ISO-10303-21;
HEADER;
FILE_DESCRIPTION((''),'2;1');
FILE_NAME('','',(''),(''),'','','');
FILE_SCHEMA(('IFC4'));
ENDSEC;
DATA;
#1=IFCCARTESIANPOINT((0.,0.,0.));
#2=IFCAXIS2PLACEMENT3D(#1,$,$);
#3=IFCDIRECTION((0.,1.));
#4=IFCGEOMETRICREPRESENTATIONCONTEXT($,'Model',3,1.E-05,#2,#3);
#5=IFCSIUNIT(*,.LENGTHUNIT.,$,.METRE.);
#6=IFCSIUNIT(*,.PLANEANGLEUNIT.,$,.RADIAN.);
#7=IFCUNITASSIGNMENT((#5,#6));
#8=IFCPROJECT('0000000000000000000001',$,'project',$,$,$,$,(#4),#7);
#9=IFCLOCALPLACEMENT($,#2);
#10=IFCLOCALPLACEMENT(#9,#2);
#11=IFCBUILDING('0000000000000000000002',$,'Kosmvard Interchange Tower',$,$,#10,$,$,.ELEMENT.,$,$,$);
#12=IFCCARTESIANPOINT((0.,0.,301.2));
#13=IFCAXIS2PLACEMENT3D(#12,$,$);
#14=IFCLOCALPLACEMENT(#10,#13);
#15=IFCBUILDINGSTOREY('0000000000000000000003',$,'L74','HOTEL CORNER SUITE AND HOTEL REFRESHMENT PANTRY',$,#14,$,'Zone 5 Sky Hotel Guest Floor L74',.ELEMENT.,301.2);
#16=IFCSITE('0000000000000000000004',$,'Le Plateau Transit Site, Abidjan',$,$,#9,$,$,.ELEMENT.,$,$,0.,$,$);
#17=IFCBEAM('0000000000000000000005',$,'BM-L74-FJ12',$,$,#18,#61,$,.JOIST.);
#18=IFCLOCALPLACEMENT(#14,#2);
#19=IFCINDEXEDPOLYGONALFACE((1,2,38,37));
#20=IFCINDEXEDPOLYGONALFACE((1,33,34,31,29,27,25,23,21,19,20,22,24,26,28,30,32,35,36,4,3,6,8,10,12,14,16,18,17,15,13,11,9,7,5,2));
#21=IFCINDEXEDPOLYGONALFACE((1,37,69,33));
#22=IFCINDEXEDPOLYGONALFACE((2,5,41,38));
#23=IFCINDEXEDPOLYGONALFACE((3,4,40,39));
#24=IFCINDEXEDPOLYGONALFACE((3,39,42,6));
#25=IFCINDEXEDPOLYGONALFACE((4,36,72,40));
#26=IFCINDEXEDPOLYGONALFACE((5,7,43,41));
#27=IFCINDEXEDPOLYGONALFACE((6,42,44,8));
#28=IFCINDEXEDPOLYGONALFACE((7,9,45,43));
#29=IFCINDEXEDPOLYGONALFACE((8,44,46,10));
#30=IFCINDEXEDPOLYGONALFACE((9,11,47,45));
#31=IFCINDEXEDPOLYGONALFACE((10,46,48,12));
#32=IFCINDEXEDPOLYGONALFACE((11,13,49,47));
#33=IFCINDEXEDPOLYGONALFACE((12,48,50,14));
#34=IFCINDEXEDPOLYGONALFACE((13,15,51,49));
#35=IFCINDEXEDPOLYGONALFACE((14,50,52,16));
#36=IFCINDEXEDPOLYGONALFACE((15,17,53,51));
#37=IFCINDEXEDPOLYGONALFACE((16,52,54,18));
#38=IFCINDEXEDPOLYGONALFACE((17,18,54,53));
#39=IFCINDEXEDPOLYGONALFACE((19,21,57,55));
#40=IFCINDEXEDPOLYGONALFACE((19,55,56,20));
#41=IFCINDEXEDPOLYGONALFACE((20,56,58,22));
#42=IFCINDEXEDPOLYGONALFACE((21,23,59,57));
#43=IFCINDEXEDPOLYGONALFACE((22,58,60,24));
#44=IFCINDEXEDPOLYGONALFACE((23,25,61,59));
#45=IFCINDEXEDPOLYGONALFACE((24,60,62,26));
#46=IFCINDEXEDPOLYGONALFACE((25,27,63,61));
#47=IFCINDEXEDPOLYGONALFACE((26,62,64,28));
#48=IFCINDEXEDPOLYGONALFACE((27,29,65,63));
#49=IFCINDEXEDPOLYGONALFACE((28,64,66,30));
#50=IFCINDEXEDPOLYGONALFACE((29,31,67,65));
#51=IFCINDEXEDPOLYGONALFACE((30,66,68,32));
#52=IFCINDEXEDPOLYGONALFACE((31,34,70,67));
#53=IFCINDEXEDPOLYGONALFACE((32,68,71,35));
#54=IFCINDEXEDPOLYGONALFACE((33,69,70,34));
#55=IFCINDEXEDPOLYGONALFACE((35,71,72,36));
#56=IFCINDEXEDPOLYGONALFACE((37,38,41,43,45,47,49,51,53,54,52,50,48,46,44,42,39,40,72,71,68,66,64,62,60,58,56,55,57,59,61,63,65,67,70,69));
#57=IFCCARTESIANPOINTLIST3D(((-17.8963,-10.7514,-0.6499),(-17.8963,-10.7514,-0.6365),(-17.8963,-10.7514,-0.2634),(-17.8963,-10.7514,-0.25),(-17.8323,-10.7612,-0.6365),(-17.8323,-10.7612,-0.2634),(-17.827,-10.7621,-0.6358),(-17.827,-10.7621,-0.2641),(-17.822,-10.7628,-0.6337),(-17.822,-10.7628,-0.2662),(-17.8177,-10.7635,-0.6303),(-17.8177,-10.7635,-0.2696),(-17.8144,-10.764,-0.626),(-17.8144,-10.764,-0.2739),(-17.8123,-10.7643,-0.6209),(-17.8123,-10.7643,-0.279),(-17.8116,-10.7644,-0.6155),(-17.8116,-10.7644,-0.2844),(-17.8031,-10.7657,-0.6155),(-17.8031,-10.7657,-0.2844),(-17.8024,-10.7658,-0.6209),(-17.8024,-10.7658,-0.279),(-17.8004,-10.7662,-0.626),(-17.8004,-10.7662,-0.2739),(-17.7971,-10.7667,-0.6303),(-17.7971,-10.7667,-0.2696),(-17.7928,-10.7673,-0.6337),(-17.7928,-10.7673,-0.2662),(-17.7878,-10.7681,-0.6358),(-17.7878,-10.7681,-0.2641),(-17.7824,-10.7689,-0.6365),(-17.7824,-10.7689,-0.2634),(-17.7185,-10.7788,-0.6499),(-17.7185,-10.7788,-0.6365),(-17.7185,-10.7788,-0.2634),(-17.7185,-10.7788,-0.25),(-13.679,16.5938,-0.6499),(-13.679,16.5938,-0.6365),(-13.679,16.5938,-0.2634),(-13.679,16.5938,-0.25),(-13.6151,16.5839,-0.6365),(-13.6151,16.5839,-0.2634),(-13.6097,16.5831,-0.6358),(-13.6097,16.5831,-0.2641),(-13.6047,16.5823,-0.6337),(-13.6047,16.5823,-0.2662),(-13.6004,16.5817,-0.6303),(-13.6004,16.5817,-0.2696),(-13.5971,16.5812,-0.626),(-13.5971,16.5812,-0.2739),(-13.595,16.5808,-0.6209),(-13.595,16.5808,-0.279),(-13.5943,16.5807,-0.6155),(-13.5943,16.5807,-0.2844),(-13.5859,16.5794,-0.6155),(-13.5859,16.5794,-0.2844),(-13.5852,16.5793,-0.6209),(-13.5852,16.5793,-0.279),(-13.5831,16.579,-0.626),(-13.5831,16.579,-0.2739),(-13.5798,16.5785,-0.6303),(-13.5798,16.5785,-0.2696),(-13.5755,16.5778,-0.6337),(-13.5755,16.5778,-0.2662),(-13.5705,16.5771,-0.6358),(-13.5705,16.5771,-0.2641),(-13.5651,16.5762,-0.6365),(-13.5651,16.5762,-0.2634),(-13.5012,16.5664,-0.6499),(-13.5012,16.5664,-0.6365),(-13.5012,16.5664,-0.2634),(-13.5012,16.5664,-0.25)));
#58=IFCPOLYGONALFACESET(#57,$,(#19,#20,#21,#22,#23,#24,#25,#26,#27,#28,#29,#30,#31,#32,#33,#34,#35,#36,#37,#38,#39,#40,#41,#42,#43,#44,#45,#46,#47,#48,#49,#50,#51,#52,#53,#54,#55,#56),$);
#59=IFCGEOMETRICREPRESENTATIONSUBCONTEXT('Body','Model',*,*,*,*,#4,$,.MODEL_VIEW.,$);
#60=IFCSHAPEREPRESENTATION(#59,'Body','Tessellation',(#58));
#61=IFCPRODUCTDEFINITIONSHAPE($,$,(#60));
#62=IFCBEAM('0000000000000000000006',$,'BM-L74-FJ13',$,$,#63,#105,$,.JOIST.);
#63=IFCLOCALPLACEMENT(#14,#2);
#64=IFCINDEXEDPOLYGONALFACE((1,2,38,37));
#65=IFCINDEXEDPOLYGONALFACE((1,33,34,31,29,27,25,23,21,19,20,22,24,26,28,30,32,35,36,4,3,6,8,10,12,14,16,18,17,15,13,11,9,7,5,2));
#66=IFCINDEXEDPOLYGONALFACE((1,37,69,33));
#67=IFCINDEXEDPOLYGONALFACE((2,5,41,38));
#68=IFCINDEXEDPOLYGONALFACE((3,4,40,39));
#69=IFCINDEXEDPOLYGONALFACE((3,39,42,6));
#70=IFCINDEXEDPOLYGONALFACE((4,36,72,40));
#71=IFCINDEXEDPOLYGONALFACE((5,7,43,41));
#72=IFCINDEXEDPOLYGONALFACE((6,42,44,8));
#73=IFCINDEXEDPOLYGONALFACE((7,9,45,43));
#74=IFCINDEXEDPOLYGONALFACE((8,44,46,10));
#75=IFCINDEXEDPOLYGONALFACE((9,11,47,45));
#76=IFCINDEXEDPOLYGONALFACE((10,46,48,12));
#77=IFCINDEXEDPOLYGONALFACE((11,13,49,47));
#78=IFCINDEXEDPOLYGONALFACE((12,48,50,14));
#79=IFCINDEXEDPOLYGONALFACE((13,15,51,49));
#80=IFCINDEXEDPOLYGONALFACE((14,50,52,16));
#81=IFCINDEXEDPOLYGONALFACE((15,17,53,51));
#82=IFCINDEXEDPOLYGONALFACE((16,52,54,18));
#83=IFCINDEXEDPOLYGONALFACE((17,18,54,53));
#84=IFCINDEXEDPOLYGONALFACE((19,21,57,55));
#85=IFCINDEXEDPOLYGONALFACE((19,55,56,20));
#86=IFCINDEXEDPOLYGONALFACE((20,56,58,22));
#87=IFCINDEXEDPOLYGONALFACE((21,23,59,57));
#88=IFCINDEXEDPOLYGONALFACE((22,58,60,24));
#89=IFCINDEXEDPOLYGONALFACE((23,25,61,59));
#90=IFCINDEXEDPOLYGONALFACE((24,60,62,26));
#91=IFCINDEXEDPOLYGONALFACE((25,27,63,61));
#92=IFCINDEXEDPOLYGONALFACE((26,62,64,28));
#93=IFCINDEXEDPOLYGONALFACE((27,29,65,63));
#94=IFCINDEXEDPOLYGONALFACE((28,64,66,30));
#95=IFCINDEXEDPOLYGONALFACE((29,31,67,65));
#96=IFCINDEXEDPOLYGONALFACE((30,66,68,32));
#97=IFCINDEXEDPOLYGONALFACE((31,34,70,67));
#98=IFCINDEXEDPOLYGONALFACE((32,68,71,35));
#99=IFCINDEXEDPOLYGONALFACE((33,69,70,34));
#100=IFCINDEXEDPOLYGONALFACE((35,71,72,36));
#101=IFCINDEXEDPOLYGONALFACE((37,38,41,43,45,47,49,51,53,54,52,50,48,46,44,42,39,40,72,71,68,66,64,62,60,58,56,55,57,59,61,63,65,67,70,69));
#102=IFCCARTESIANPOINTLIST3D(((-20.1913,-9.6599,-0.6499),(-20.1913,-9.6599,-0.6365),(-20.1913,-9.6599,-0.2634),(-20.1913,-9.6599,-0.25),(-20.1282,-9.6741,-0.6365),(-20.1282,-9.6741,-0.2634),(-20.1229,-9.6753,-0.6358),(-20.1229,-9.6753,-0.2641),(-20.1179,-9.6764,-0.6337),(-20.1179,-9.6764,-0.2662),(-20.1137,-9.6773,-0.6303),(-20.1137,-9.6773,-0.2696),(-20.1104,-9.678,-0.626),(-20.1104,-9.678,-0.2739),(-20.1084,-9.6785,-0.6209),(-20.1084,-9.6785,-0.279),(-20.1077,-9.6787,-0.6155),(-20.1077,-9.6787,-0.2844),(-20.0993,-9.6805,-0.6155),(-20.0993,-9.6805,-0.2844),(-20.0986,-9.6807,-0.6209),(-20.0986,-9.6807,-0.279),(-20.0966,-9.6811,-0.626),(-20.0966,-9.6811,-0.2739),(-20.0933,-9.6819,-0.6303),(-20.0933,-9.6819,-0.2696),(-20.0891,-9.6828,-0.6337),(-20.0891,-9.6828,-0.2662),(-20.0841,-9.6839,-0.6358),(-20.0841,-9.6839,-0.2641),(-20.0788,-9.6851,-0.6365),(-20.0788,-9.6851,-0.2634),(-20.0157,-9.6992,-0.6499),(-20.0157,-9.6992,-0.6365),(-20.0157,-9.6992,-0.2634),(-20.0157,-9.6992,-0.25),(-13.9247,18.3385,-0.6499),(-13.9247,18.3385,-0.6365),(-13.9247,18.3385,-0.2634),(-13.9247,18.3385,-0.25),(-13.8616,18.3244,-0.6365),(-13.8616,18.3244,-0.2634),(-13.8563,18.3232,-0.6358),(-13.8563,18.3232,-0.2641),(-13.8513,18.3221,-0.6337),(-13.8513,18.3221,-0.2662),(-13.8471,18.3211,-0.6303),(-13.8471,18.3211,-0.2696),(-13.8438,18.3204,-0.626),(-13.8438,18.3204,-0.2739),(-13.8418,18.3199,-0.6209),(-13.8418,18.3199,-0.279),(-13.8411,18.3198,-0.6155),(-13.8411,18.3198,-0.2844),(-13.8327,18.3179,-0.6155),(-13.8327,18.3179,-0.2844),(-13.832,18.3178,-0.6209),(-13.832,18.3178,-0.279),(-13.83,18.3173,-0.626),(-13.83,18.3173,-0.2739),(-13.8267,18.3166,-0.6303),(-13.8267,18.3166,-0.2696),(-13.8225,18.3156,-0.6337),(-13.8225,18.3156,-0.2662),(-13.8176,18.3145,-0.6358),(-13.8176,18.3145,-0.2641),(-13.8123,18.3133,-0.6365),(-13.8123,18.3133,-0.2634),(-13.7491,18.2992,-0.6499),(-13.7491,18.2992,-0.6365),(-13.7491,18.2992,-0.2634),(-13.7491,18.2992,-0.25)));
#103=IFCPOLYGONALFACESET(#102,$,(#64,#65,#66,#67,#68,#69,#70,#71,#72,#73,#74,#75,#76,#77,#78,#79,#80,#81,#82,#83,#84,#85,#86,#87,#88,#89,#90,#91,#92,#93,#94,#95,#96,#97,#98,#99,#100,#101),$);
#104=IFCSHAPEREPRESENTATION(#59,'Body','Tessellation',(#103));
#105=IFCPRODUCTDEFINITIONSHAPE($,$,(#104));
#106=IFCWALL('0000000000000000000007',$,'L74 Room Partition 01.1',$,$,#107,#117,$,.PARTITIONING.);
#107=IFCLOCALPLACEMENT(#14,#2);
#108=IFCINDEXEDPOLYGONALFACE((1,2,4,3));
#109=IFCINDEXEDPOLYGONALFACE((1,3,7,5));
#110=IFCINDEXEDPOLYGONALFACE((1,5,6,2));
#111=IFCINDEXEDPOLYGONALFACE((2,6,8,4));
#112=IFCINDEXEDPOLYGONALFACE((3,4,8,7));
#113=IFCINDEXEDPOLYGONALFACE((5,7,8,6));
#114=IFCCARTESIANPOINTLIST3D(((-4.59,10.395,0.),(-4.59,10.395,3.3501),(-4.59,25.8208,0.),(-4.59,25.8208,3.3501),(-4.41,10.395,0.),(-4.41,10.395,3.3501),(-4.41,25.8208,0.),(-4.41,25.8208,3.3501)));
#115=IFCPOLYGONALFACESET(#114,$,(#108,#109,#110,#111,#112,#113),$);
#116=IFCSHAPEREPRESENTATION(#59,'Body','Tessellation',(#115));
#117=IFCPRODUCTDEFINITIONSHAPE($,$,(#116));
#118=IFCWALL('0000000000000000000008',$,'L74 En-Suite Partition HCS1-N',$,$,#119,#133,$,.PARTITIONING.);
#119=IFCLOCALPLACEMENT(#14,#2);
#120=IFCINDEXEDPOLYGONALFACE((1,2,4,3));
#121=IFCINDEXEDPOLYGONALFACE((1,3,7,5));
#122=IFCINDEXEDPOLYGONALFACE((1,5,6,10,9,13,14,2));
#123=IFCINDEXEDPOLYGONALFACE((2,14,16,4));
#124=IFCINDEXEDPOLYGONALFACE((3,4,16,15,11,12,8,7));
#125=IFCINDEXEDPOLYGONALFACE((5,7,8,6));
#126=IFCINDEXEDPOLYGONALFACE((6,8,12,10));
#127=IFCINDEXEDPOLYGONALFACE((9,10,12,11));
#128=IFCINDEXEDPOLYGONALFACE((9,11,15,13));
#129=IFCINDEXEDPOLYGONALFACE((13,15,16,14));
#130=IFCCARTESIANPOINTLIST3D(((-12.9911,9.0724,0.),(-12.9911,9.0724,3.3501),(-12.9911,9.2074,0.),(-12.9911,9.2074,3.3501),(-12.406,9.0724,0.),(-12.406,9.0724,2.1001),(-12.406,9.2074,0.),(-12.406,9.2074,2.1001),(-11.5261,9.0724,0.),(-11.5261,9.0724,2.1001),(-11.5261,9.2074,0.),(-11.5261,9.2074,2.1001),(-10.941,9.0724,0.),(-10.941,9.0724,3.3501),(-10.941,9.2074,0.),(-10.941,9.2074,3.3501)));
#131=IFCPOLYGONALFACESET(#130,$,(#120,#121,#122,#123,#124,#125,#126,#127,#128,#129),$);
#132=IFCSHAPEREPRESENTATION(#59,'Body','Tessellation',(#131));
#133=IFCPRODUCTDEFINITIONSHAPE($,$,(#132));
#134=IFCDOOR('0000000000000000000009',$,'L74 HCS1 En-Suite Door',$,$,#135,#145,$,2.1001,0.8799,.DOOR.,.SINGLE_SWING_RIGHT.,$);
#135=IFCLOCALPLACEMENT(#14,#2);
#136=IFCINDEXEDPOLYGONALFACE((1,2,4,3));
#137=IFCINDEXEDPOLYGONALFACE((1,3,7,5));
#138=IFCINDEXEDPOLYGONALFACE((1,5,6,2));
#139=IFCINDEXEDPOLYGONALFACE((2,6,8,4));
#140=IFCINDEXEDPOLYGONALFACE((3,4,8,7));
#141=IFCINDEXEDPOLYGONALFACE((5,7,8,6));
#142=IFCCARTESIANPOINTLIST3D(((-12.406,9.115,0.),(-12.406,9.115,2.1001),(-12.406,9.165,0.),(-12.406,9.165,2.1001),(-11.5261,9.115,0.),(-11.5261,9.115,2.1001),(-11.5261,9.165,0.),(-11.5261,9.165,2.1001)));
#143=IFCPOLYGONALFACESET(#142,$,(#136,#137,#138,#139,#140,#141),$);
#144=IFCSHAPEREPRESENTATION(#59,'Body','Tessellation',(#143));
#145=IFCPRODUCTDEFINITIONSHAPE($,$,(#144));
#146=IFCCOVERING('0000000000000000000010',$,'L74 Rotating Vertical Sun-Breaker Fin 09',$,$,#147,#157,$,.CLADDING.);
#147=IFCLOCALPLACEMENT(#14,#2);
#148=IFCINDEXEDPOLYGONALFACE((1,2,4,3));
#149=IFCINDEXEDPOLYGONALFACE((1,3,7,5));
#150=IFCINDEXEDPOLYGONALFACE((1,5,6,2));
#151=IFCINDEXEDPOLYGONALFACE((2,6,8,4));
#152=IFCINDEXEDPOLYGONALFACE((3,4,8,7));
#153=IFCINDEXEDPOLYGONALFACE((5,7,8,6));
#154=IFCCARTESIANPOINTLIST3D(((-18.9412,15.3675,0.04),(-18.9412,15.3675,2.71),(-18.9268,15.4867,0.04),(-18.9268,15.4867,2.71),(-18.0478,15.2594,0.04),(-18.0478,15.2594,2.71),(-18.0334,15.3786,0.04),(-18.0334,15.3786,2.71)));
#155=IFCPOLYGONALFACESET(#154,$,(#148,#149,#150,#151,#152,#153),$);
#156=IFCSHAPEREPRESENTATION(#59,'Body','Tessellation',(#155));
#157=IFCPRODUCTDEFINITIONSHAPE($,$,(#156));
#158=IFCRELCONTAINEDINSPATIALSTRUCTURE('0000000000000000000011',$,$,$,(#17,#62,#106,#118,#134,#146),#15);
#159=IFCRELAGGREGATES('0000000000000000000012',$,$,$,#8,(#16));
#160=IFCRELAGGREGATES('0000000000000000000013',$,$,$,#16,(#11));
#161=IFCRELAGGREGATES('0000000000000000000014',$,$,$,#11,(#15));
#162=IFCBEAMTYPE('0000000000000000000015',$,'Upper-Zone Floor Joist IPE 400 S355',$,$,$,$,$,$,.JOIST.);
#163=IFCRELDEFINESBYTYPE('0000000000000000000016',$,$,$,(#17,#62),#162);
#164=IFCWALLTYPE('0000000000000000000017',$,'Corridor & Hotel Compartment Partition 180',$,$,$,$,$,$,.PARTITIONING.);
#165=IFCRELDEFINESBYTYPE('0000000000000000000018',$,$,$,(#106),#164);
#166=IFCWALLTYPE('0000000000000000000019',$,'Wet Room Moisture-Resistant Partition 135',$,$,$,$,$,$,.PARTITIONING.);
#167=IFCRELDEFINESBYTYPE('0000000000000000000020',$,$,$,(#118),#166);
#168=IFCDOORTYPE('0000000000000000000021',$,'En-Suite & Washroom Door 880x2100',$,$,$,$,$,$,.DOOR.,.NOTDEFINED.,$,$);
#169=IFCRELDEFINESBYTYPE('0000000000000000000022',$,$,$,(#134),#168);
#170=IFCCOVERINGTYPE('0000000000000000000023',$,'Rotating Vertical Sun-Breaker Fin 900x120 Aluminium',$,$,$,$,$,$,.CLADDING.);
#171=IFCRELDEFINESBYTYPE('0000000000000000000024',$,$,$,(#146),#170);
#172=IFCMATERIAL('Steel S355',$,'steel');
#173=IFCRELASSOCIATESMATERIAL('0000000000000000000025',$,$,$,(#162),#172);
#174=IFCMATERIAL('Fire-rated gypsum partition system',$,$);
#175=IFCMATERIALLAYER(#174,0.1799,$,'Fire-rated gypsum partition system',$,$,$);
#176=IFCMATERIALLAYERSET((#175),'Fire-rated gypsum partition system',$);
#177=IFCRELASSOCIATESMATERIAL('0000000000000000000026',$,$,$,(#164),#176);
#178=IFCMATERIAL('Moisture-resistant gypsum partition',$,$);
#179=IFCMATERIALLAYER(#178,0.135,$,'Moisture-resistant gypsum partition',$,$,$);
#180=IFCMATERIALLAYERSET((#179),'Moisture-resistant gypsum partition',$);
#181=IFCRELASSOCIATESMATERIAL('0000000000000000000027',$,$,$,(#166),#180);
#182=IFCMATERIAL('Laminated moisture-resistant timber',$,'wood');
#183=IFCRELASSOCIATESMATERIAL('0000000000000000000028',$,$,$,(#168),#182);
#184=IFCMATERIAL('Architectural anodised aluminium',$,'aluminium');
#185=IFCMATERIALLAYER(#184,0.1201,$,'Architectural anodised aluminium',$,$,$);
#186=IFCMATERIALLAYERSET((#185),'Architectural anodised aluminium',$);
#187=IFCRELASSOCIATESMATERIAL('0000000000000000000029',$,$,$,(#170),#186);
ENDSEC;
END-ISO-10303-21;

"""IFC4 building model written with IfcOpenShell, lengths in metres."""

from ifc_helpers import new_model, si_unit, direction, frame, frame_2d, origin, origin_2d, place, context, subcontext, project, spatial, rectangle, i_section, extrude, source, transform, mapped, material, layer, layer_set, material_profile, profile_set, type_object, element, fill, save


model = new_model("IFC4")

# Units and contexts
model_context = context("Model", 3, precision=1e-05, world=origin(), true_north=direction((0.0, 1.0)))
body_context = subcontext(model_context, "Body", "Model", "MODEL_VIEW")
ifc_project = project(units=[si_unit("LENGTHUNIT", "METRE"), si_unit("PLANEANGLEUNIT", "RADIAN")], contexts=[model_context])

# Site, building, storey
site_placement = place(None, origin())
site = spatial("IfcSite", under=ifc_project, at=site_placement, Name="Le Plateau Transit Site, Abidjan", CompositionType="ELEMENT", RefElevation=0.0)
building_placement = place(site_placement, origin())
building = spatial("IfcBuilding", under=site, at=building_placement, Name="Kosmvard Interchange Tower", CompositionType="ELEMENT")
storey_placement = place(building_placement, frame((0.0, 0.0, 301.2)))
storey = spatial("IfcBuildingStorey", under=building, at=storey_placement, Name="L74", Description="HOTEL CORNER SUITE AND HOTEL REFRESHMENT PANTRY", LongName="Zone 5 Sky Hotel Guest Floor L74", CompositionType="ELEMENT", Elevation=301.2)

# Beams
ifc_material_1 = material(Name="Steel S355", Category="steel")
ifc_material_profile_1 = material_profile(ifc_material_1, i_section(OverallWidth=0.1799, OverallDepth=0.3999, WebThickness=0.0085, FlangeThickness=0.0134, FilletRadius=0.021, at=origin_2d()), Name="IPE 400")
ifc_profile_set_1 = profile_set([ifc_material_profile_1], Name="Steel S355")
beam_type_1 = type_object("IfcBeamType", Name="Upper-Zone Floor Joist IPE 400 S355", PredefinedType="JOIST", material=ifc_profile_set_1)
shared_shape_1 = source(origin(), body_context, "Body", "SweptSolid", [
    extrude(i_section(OverallWidth=0.1799, OverallDepth=0.3999, WebThickness=0.0085, FlangeThickness=0.0134, FilletRadius=0.021, at=origin_2d()), origin(), (0.0, 0.0, 1.0), 27.6685),
])
beam_1_placement = place(storey_placement, frame((-13.5901, 16.5801, -0.45), z_axis=(-0.152422, -0.988316, 0.0), x_axis=(0.988316, -0.152422, 0.0)))
element("IfcBeam", 1, at=beam_1_placement, inside=storey, type_object=beam_type_1, Name="BM-L74-FJ12", PredefinedType="JOIST", context=body_context, shape_type="MappedRepresentation", body=[
    mapped(shared_shape_1, transform((0.0, 0.0, 0.0), scale=1.0)),
])
shared_shape_2 = source(origin(), body_context, "Body", "SweptSolid", [
    extrude(i_section(OverallWidth=0.1799, OverallDepth=0.3999, WebThickness=0.0085, FlangeThickness=0.0134, FilletRadius=0.021, at=origin_2d()), origin(), (0.0, 0.0, 1.0), 28.6912),
])
beam_2_placement = place(storey_placement, frame((-13.8369, 18.3188, -0.45), z_axis=(-0.218415, -0.975856, 0.0), x_axis=(0.975856, -0.218415, 0.0)))
element("IfcBeam", 2, at=beam_2_placement, inside=storey, type_object=beam_type_1, Name="BM-L74-FJ13", PredefinedType="JOIST", context=body_context, shape_type="MappedRepresentation", body=[
    mapped(shared_shape_2, transform((0.0, 0.0, 0.0), scale=1.0)),
])

# Shared definitions
ifc_material_2 = material(Name="Fire-rated gypsum partition system")
ifc_layer_1 = layer(ifc_material_2, 0.1799, Name="Fire-rated gypsum partition system")
ifc_layer_set_1 = layer_set([ifc_layer_1], Name="Fire-rated gypsum partition system")
wall_type_1 = type_object("IfcWallType", Name="Corridor & Hotel Compartment Partition 180", PredefinedType="PARTITIONING", material=ifc_layer_set_1)

# Wall
wall_1_placement = place(storey_placement, frame((-4.5, 10.395, 0.0), z_axis=(0.0, 0.0, 1.0), x_axis=(0.0, 1.0, 0.0)))
element("IfcWall", 3, at=wall_1_placement, inside=storey, type_object=wall_type_1, Name="L74 Room Partition 01.1", PredefinedType="PARTITIONING", context=body_context, shape_type="SweptSolid", body=[
    extrude(rectangle(XDim=15.4258, YDim=0.1799, at=frame_2d((7.7129, 0.0))), origin(), (0.0, 0.0, 1.0), 3.3501),
])

# Wall, opening, door
ifc_material_3 = material(Name="Moisture-resistant gypsum partition")
ifc_layer_2 = layer(ifc_material_3, 0.135, Name="Moisture-resistant gypsum partition")
ifc_layer_set_2 = layer_set([ifc_layer_2], Name="Moisture-resistant gypsum partition")
wall_type_2 = type_object("IfcWallType", Name="Wet Room Moisture-Resistant Partition 135", PredefinedType="PARTITIONING", material=ifc_layer_set_2)
wall_2_placement = place(storey_placement, frame((-12.991, 9.1399, 0.0), z_axis=(0.0, 0.0, 1.0), x_axis=(1.0, 0.0, 0.0)))
wall_2 = element("IfcWall", 4, at=wall_2_placement, inside=storey, type_object=wall_type_2, Name="L74 En-Suite Partition HCS1-N", PredefinedType="PARTITIONING", context=body_context, shape_type="SweptSolid", body=[
    extrude(rectangle(XDim=2.05, YDim=0.135, at=frame_2d((1.0249, 0.0))), origin(), (0.0, 0.0, 1.0), 3.3501),
])
opening_1_placement = place(wall_2_placement, frame((0.585, 0.0, 0.0)))
opening_1 = element("IfcOpeningElement", 5, at=opening_1_placement, cuts=wall_2, PredefinedType="OPENING", context=body_context, shape_type="SweptSolid", body=[
    extrude(rectangle(XDim=0.8799, YDim=2.1001, at=frame_2d((0.4399, 1.05))), frame((0.0, 0.0776, 0.0), z_axis=(0.0, -1.0, 0.0), x_axis=(1.0, 0.0, 0.0)), (0.0, 0.0, 1.0), 0.155),
])
ifc_material_4 = material(Name="Laminated moisture-resistant timber", Category="wood")
door_type_1 = type_object("IfcDoorType", Name="En-Suite & Washroom Door 880x2100", OperationType="NOTDEFINED", PredefinedType="DOOR", material=ifc_material_4)
shared_shape_3 = source(origin(), body_context, "Body", "SweptSolid", [
    extrude(rectangle(XDim=0.8799, YDim=2.1001, at=frame_2d((0.4399, 1.05))), frame((0.0, 0.0249, 0.0), z_axis=(0.0, -1.0, 0.0), x_axis=(1.0, 0.0, 0.0)), (0.0, 0.0, 1.0), 0.05),
])
door_1_placement = place(opening_1_placement, frame((0.8799, 0.0, 0.0), z_axis=(0.0, 0.0, 1.0), x_axis=(-1.0, 0.0, 0.0)))
door_1 = element("IfcDoor", 6, at=door_1_placement, inside=storey, type_object=door_type_1, Name="L74 HCS1 En-Suite Door", OperationType="SINGLE_SWING_RIGHT", OverallHeight=2.1001, OverallWidth=0.8799, PredefinedType="DOOR", context=body_context, shape_type="MappedRepresentation", body=[
    mapped(shared_shape_3, transform((0.0, 0.0, 0.0), scale=1.0)),
])
fill(opening_1, door_1)

# Covering
ifc_material_5 = material(Name="Architectural anodised aluminium", Category="aluminium")
ifc_layer_3 = layer(ifc_material_5, 0.1201, Name="Architectural anodised aluminium")
ifc_layer_set_3 = layer_set([ifc_layer_3], Name="Architectural anodised aluminium")
covering_type = type_object("IfcCoveringType", Name="Rotating Vertical Sun-Breaker Fin 900x120 Aluminium", PredefinedType="CLADDING", material=ifc_layer_set_3)
shared_shape_4 = source(origin(), body_context, "Body", "SweptSolid", [
    extrude(rectangle(XDim=0.8999, YDim=0.1201, at=origin_2d()), origin(), (0.0, 0.0, 1.0), 2.6699),
])
covering_placement = place(storey_placement, frame((-18.4873, 15.373, 0.04), z_axis=(0.0, 0.0, 1.0), x_axis=(-0.992757, 0.120137, 0.0)))
element("IfcCovering", 7, at=covering_placement, inside=storey, type_object=covering_type, Name="L74 Rotating Vertical Sun-Breaker Fin 09", PredefinedType="CLADDING", context=body_context, shape_type="MappedRepresentation", body=[
    mapped(shared_shape_4, transform((0.0, 0.0, 0.0), scale=1.0)),
])

save(model, "model.ifc")
